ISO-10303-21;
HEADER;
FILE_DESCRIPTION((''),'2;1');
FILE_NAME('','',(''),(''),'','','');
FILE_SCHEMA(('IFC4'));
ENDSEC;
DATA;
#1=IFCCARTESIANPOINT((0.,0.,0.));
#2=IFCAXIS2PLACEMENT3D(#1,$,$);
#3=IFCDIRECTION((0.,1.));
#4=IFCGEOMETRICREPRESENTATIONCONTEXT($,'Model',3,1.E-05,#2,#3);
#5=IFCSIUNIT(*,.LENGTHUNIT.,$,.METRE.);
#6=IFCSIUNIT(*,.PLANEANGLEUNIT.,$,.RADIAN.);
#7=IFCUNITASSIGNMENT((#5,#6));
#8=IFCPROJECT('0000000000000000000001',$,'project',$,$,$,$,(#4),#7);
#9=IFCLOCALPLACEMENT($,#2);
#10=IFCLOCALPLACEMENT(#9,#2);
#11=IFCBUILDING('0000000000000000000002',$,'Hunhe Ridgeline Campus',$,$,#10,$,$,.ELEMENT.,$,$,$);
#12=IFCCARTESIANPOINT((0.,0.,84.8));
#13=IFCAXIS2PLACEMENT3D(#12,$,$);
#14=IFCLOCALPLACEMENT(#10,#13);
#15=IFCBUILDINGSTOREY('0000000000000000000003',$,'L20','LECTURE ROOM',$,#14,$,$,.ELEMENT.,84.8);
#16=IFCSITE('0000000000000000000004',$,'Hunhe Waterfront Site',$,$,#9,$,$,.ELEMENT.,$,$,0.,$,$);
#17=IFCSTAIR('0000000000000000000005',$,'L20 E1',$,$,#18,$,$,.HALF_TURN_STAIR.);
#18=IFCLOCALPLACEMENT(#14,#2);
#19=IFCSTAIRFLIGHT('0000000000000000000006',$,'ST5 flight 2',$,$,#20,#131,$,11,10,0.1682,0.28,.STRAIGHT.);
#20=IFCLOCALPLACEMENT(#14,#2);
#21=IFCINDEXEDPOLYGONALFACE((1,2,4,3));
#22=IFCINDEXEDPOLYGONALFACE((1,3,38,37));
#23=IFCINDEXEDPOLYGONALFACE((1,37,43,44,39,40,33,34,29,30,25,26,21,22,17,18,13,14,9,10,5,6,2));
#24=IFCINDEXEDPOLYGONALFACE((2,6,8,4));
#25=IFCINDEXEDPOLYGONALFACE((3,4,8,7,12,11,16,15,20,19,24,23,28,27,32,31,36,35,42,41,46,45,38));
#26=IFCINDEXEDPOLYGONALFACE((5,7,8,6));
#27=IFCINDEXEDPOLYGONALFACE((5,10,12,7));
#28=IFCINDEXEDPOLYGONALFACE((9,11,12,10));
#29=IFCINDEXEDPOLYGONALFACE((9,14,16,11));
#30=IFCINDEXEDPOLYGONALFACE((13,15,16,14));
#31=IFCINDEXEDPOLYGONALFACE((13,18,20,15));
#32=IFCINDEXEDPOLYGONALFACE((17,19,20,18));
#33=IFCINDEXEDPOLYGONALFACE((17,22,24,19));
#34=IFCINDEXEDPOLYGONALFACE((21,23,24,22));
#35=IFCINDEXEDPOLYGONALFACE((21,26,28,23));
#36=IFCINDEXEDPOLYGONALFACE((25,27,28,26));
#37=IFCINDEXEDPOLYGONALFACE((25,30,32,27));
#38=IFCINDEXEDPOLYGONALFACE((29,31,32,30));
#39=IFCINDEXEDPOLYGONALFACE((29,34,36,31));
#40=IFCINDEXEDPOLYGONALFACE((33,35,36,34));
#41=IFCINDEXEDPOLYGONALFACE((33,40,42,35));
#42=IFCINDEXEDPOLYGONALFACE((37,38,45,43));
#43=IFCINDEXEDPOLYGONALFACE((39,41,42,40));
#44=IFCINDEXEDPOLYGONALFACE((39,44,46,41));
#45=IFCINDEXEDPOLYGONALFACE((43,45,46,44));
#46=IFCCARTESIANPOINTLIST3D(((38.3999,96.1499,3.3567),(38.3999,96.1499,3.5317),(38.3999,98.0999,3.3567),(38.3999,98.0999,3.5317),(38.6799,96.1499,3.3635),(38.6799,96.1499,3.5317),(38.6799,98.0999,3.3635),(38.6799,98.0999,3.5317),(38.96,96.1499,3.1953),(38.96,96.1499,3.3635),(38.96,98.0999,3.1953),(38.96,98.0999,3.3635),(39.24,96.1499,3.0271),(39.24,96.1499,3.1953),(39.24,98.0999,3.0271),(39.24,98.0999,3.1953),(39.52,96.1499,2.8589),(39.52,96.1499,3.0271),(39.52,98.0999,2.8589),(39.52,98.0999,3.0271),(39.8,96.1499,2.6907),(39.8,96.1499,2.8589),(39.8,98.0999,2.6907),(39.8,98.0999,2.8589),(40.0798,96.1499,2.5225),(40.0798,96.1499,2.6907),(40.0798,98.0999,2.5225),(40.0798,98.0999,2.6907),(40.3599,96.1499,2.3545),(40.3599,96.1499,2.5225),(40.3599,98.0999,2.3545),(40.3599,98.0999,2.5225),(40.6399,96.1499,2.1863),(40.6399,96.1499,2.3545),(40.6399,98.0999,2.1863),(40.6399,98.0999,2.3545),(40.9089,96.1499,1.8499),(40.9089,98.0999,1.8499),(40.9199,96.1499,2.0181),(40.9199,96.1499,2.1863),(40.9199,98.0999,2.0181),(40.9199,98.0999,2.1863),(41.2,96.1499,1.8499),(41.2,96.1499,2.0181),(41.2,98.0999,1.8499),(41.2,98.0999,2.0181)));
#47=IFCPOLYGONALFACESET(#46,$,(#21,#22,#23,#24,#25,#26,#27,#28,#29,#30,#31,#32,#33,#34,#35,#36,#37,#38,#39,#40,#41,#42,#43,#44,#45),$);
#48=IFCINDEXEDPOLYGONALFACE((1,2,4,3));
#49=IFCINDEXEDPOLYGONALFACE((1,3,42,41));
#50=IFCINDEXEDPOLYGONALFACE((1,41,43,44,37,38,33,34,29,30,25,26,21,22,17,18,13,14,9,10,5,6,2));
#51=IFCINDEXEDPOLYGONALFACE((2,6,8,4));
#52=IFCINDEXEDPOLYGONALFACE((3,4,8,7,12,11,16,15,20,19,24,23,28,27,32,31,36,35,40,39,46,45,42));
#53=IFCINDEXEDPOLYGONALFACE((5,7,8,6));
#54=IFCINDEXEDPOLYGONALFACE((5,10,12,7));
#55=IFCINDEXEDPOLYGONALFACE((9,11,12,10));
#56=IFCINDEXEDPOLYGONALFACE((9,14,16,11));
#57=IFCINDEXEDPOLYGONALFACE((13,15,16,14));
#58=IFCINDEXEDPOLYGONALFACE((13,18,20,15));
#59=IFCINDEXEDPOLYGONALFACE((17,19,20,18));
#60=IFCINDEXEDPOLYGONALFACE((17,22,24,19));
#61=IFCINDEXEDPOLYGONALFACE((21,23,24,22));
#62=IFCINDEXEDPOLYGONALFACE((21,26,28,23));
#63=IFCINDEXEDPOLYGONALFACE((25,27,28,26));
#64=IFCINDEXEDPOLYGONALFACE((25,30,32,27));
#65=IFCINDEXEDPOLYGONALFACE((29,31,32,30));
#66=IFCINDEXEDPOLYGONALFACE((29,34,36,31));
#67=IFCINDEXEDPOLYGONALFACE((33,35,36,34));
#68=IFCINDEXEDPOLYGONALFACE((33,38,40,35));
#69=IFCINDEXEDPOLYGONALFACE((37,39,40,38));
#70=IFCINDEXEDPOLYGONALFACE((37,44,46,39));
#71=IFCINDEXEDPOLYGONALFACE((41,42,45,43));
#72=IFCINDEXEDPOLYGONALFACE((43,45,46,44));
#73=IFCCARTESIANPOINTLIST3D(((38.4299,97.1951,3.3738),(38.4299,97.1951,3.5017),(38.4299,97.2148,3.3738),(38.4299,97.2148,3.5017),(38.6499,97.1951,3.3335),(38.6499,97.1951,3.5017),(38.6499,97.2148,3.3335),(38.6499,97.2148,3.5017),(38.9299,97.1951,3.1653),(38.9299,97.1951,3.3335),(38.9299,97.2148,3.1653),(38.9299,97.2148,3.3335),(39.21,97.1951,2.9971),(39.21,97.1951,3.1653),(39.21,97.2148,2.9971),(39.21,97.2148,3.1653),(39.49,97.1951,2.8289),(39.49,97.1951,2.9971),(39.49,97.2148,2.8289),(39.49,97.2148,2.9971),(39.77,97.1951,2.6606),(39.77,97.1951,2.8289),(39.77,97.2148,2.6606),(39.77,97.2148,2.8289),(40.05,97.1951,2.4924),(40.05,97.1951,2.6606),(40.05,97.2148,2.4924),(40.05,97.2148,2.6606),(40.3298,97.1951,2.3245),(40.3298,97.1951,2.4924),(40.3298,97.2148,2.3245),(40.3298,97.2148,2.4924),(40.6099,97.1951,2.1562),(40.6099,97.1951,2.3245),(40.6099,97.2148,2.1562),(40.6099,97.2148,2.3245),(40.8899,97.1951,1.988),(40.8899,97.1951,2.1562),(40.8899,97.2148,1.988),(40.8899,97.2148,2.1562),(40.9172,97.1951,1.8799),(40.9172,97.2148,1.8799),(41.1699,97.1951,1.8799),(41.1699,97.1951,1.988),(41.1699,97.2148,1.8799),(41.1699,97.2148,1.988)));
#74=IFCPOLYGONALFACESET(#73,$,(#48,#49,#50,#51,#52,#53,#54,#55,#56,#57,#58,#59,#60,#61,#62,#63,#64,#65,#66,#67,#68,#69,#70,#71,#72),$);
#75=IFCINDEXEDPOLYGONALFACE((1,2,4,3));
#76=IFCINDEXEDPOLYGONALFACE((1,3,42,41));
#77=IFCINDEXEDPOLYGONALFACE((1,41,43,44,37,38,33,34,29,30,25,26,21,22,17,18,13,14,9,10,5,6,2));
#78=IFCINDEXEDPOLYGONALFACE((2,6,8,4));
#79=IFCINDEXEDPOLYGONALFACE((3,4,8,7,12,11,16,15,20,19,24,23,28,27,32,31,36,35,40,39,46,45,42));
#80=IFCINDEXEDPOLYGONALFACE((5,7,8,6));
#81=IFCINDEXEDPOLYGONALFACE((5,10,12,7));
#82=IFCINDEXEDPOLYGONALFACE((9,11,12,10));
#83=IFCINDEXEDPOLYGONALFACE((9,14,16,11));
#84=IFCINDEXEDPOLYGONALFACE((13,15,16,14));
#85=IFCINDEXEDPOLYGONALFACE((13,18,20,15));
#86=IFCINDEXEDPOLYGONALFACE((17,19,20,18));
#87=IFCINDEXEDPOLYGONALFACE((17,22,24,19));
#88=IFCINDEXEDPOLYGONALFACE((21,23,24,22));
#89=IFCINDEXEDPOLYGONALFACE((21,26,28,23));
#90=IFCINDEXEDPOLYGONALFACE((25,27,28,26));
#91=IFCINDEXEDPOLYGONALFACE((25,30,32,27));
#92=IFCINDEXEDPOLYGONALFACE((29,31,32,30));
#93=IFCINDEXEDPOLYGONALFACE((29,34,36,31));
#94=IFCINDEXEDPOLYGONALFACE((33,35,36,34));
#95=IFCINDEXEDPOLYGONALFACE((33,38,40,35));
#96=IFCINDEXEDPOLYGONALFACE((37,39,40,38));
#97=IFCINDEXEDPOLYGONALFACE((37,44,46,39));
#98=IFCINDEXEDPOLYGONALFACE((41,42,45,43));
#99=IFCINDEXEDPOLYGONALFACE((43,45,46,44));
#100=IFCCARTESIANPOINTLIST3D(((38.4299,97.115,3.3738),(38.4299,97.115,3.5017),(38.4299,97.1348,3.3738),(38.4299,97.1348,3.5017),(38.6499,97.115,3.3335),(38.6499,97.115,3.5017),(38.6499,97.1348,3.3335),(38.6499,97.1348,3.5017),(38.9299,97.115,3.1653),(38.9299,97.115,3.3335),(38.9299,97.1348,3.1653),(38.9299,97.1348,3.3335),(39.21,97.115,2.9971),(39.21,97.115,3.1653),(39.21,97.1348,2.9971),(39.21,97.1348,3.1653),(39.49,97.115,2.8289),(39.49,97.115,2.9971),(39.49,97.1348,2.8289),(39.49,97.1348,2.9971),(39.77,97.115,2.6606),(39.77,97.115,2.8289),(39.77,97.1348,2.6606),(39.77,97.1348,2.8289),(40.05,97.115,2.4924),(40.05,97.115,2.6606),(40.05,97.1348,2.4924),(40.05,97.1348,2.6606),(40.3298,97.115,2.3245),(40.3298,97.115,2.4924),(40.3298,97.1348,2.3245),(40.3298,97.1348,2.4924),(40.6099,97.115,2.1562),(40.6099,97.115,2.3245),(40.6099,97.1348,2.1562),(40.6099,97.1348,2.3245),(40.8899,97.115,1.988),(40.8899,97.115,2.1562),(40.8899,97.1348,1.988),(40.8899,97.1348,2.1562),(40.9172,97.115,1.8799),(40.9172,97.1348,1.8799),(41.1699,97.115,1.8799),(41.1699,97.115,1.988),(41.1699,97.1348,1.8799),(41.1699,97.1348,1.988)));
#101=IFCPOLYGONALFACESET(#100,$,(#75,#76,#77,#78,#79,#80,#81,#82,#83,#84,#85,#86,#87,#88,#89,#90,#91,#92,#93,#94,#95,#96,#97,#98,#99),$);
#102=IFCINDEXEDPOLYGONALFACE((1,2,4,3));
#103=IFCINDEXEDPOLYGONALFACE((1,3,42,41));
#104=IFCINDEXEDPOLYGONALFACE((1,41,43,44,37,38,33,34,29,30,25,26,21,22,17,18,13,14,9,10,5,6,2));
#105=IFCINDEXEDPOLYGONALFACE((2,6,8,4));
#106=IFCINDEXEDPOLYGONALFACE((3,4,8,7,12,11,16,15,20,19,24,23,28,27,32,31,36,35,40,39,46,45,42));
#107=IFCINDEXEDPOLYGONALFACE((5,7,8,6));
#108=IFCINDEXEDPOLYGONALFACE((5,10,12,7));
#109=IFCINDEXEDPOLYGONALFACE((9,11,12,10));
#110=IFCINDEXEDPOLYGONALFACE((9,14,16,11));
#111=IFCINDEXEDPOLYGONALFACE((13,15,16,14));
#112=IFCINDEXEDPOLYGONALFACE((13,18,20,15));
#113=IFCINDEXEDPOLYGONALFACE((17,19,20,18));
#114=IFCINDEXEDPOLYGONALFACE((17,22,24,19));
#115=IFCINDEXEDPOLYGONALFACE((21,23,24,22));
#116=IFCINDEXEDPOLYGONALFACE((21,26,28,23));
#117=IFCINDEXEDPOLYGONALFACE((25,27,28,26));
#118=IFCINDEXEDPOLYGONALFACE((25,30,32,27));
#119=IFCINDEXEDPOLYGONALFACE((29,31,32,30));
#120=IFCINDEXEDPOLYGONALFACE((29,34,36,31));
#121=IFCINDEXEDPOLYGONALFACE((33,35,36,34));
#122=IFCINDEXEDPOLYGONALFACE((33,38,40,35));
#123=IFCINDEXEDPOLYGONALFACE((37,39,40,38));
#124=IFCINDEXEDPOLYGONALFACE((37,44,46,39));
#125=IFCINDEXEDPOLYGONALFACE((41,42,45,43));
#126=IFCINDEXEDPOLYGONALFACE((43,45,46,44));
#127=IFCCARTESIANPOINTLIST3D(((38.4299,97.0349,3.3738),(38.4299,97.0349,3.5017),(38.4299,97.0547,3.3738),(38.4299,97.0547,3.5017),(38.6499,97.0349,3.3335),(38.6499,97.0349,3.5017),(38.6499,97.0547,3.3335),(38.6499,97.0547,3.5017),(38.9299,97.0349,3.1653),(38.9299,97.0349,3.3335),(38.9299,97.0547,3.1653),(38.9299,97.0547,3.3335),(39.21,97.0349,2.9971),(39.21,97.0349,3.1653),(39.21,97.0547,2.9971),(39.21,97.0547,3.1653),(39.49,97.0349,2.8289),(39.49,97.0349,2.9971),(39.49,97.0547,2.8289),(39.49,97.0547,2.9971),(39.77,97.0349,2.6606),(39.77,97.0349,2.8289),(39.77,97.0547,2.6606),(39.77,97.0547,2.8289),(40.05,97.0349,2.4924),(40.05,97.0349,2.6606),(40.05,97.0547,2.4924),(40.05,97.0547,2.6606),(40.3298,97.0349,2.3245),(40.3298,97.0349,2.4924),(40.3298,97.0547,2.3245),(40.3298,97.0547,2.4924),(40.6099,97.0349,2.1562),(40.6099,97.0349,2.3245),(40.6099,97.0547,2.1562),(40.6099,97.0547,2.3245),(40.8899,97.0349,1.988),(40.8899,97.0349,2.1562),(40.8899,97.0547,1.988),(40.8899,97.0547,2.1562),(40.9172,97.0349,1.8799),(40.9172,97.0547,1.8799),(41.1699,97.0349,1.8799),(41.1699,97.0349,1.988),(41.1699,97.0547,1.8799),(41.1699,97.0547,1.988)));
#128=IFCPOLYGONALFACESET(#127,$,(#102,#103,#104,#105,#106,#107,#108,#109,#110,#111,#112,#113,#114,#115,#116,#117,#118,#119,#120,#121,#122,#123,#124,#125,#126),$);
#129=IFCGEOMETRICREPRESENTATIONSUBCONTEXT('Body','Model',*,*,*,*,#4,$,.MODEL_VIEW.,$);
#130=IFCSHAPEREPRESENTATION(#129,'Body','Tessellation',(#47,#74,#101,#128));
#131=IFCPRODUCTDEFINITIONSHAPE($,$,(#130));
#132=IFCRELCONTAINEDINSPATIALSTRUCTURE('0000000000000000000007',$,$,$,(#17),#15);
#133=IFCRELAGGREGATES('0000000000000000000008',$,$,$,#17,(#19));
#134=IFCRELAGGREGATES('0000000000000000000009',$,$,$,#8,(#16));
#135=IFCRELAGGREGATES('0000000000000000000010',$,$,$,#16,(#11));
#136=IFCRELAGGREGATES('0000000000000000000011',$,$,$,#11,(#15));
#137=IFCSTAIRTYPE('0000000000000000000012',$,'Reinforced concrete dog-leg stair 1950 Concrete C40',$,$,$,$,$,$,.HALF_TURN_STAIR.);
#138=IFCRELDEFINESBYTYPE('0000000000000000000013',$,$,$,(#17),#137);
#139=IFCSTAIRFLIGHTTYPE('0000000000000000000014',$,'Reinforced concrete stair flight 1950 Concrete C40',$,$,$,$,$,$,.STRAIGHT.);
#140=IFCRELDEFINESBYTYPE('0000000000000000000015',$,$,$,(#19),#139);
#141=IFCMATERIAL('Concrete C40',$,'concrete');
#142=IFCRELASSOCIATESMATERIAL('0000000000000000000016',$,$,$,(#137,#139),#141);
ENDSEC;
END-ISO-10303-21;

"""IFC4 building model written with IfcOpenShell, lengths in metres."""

from ifc_helpers import new_model, si_unit, direction, frame, origin, place, context, subcontext, project, spatial, polyline, outline, extrude, material, type_object, element, aggregate, save


model = new_model("IFC4")

# Units and contexts
model_context = context("Model", 3, precision=1e-05, world=origin(), true_north=direction((0.0, 1.0)))
body_context = subcontext(model_context, "Body", "Model", "MODEL_VIEW")
ifc_project = project(units=[si_unit("LENGTHUNIT", "METRE"), si_unit("PLANEANGLEUNIT", "RADIAN")], contexts=[model_context])

# Site, building, storey
site_placement = place(None, origin())
site = spatial("IfcSite", under=ifc_project, at=site_placement, Name="Hunhe Waterfront Site", CompositionType="ELEMENT", RefElevation=0.0)
building_placement = place(site_placement, origin())
building = spatial("IfcBuilding", under=site, at=building_placement, Name="Hunhe Ridgeline Campus", CompositionType="ELEMENT")
storey_placement = place(building_placement, frame((0.0, 0.0, 84.8)))
storey = spatial("IfcBuildingStorey", under=building, at=storey_placement, Name="L20", Description="LECTURE ROOM", CompositionType="ELEMENT", Elevation=84.8)

# Shared definitions
ifc_material_1 = material(Name="Concrete C40", Category="concrete")
stair_type = type_object("IfcStairType", Name="Reinforced concrete dog-leg stair 1950 Concrete C40", PredefinedType="HALF_TURN_STAIR", material=ifc_material_1)
stair_flight_type = type_object("IfcStairFlightType", Name="Reinforced concrete stair flight 1950 Concrete C40", PredefinedType="STRAIGHT", material=ifc_material_1)

# Stair, stair flight
stair_1_placement = place(storey_placement, origin())
stair_1 = element("IfcStair", 1, at=stair_1_placement, inside=storey, type_object=stair_type, Name="L20 E1", PredefinedType="HALF_TURN_STAIR")
stair_flight_1_placement = place(storey_placement, frame((41.2, 97.125, 1.8499), z_axis=(0.0, 0.0, 1.0), x_axis=(-1.0, 0.0, 0.0)))
stair_flight_1 = element("IfcStairFlight", 2, at=stair_flight_1_placement, type_object=stair_flight_type, Name="ST5 flight 2", NumberOfRisers=11, NumberOfTreads=10, PredefinedType="STRAIGHT", RiserHeight=0.1682, TreadLength=0.28, context=body_context, shape_type="SweptSolid", body=[
    extrude(outline(polyline([(0.0, 0.0), (0.0, 0.1682), (0.28, 0.1682), (0.28, 0.3364), (0.5601, 0.3364), (0.5601, 0.5046), (0.8401, 0.5046), (0.8401, 0.6726), (1.1201, 0.6726), (1.1201, 0.8408), (1.3999, 0.8408), (1.3999, 1.009), (1.6799, 1.009), (1.6799, 1.1772), (1.96, 1.1772), (1.96, 1.3455), (2.24, 1.3455), (2.24, 1.5137), (2.52, 1.5137), (2.52, 1.6819), (2.8, 1.6819), (2.8, 1.8501), (2.8, 1.5068), (0.291, 0.0), (0.0, 0.0)])), frame((0.0, 0.9751, 0.0), z_axis=(0.0, -1.0, 0.0), x_axis=(1.0, 0.0, 0.0)), (0.0, 0.0, 1.0), 1.95),
    extrude(outline(polyline([(0.03, 0.03), (0.03, 0.1382), (0.3101, 0.1382), (0.3101, 0.3064), (0.5901, 0.3064), (0.5901, 0.4746), (0.8701, 0.4746), (0.8701, 0.6426), (1.1499, 0.6426), (1.1499, 0.8108), (1.4299, 0.8108), (1.4299, 0.979), (1.71, 0.979), (1.71, 1.1472), (1.99, 1.1472), (1.99, 1.3154), (2.27, 1.3154), (2.27, 1.4836), (2.55, 1.4836), (2.55, 1.6519), (2.77, 1.6519), (2.77, 1.5239), (0.2827, 0.03), (0.03, 0.03)])), frame((0.0, -0.0701, 0.0), z_axis=(0.0, -1.0, 0.0), x_axis=(1.0, 0.0, 0.0)), (0.0, 0.0, 1.0), 0.0198),
    extrude(outline(polyline([(0.03, 0.03), (0.03, 0.1382), (0.3101, 0.1382), (0.3101, 0.3064), (0.5901, 0.3064), (0.5901, 0.4746), (0.8701, 0.4746), (0.8701, 0.6426), (1.1499, 0.6426), (1.1499, 0.8108), (1.4299, 0.8108), (1.4299, 0.979), (1.71, 0.979), (1.71, 1.1472), (1.99, 1.1472), (1.99, 1.3154), (2.27, 1.3154), (2.27, 1.4836), (2.55, 1.4836), (2.55, 1.6519), (2.77, 1.6519), (2.77, 1.5239), (0.2827, 0.03), (0.03, 0.03)])), frame((0.0, 0.01, 0.0), z_axis=(0.0, -1.0, 0.0), x_axis=(1.0, 0.0, 0.0)), (0.0, 0.0, 1.0), 0.0198),
    extrude(outline(polyline([(0.03, 0.03), (0.03, 0.1382), (0.3101, 0.1382), (0.3101, 0.3064), (0.5901, 0.3064), (0.5901, 0.4746), (0.8701, 0.4746), (0.8701, 0.6426), (1.1499, 0.6426), (1.1499, 0.8108), (1.4299, 0.8108), (1.4299, 0.979), (1.71, 0.979), (1.71, 1.1472), (1.99, 1.1472), (1.99, 1.3154), (2.27, 1.3154), (2.27, 1.4836), (2.55, 1.4836), (2.55, 1.6519), (2.77, 1.6519), (2.77, 1.5239), (0.2827, 0.03), (0.03, 0.03)])), frame((0.0, 0.0901, 0.0), z_axis=(0.0, -1.0, 0.0), x_axis=(1.0, 0.0, 0.0)), (0.0, 0.0, 1.0), 0.0198),
])
aggregate(stair_1, [stair_flight_1])

save(model, "model.ifc")
